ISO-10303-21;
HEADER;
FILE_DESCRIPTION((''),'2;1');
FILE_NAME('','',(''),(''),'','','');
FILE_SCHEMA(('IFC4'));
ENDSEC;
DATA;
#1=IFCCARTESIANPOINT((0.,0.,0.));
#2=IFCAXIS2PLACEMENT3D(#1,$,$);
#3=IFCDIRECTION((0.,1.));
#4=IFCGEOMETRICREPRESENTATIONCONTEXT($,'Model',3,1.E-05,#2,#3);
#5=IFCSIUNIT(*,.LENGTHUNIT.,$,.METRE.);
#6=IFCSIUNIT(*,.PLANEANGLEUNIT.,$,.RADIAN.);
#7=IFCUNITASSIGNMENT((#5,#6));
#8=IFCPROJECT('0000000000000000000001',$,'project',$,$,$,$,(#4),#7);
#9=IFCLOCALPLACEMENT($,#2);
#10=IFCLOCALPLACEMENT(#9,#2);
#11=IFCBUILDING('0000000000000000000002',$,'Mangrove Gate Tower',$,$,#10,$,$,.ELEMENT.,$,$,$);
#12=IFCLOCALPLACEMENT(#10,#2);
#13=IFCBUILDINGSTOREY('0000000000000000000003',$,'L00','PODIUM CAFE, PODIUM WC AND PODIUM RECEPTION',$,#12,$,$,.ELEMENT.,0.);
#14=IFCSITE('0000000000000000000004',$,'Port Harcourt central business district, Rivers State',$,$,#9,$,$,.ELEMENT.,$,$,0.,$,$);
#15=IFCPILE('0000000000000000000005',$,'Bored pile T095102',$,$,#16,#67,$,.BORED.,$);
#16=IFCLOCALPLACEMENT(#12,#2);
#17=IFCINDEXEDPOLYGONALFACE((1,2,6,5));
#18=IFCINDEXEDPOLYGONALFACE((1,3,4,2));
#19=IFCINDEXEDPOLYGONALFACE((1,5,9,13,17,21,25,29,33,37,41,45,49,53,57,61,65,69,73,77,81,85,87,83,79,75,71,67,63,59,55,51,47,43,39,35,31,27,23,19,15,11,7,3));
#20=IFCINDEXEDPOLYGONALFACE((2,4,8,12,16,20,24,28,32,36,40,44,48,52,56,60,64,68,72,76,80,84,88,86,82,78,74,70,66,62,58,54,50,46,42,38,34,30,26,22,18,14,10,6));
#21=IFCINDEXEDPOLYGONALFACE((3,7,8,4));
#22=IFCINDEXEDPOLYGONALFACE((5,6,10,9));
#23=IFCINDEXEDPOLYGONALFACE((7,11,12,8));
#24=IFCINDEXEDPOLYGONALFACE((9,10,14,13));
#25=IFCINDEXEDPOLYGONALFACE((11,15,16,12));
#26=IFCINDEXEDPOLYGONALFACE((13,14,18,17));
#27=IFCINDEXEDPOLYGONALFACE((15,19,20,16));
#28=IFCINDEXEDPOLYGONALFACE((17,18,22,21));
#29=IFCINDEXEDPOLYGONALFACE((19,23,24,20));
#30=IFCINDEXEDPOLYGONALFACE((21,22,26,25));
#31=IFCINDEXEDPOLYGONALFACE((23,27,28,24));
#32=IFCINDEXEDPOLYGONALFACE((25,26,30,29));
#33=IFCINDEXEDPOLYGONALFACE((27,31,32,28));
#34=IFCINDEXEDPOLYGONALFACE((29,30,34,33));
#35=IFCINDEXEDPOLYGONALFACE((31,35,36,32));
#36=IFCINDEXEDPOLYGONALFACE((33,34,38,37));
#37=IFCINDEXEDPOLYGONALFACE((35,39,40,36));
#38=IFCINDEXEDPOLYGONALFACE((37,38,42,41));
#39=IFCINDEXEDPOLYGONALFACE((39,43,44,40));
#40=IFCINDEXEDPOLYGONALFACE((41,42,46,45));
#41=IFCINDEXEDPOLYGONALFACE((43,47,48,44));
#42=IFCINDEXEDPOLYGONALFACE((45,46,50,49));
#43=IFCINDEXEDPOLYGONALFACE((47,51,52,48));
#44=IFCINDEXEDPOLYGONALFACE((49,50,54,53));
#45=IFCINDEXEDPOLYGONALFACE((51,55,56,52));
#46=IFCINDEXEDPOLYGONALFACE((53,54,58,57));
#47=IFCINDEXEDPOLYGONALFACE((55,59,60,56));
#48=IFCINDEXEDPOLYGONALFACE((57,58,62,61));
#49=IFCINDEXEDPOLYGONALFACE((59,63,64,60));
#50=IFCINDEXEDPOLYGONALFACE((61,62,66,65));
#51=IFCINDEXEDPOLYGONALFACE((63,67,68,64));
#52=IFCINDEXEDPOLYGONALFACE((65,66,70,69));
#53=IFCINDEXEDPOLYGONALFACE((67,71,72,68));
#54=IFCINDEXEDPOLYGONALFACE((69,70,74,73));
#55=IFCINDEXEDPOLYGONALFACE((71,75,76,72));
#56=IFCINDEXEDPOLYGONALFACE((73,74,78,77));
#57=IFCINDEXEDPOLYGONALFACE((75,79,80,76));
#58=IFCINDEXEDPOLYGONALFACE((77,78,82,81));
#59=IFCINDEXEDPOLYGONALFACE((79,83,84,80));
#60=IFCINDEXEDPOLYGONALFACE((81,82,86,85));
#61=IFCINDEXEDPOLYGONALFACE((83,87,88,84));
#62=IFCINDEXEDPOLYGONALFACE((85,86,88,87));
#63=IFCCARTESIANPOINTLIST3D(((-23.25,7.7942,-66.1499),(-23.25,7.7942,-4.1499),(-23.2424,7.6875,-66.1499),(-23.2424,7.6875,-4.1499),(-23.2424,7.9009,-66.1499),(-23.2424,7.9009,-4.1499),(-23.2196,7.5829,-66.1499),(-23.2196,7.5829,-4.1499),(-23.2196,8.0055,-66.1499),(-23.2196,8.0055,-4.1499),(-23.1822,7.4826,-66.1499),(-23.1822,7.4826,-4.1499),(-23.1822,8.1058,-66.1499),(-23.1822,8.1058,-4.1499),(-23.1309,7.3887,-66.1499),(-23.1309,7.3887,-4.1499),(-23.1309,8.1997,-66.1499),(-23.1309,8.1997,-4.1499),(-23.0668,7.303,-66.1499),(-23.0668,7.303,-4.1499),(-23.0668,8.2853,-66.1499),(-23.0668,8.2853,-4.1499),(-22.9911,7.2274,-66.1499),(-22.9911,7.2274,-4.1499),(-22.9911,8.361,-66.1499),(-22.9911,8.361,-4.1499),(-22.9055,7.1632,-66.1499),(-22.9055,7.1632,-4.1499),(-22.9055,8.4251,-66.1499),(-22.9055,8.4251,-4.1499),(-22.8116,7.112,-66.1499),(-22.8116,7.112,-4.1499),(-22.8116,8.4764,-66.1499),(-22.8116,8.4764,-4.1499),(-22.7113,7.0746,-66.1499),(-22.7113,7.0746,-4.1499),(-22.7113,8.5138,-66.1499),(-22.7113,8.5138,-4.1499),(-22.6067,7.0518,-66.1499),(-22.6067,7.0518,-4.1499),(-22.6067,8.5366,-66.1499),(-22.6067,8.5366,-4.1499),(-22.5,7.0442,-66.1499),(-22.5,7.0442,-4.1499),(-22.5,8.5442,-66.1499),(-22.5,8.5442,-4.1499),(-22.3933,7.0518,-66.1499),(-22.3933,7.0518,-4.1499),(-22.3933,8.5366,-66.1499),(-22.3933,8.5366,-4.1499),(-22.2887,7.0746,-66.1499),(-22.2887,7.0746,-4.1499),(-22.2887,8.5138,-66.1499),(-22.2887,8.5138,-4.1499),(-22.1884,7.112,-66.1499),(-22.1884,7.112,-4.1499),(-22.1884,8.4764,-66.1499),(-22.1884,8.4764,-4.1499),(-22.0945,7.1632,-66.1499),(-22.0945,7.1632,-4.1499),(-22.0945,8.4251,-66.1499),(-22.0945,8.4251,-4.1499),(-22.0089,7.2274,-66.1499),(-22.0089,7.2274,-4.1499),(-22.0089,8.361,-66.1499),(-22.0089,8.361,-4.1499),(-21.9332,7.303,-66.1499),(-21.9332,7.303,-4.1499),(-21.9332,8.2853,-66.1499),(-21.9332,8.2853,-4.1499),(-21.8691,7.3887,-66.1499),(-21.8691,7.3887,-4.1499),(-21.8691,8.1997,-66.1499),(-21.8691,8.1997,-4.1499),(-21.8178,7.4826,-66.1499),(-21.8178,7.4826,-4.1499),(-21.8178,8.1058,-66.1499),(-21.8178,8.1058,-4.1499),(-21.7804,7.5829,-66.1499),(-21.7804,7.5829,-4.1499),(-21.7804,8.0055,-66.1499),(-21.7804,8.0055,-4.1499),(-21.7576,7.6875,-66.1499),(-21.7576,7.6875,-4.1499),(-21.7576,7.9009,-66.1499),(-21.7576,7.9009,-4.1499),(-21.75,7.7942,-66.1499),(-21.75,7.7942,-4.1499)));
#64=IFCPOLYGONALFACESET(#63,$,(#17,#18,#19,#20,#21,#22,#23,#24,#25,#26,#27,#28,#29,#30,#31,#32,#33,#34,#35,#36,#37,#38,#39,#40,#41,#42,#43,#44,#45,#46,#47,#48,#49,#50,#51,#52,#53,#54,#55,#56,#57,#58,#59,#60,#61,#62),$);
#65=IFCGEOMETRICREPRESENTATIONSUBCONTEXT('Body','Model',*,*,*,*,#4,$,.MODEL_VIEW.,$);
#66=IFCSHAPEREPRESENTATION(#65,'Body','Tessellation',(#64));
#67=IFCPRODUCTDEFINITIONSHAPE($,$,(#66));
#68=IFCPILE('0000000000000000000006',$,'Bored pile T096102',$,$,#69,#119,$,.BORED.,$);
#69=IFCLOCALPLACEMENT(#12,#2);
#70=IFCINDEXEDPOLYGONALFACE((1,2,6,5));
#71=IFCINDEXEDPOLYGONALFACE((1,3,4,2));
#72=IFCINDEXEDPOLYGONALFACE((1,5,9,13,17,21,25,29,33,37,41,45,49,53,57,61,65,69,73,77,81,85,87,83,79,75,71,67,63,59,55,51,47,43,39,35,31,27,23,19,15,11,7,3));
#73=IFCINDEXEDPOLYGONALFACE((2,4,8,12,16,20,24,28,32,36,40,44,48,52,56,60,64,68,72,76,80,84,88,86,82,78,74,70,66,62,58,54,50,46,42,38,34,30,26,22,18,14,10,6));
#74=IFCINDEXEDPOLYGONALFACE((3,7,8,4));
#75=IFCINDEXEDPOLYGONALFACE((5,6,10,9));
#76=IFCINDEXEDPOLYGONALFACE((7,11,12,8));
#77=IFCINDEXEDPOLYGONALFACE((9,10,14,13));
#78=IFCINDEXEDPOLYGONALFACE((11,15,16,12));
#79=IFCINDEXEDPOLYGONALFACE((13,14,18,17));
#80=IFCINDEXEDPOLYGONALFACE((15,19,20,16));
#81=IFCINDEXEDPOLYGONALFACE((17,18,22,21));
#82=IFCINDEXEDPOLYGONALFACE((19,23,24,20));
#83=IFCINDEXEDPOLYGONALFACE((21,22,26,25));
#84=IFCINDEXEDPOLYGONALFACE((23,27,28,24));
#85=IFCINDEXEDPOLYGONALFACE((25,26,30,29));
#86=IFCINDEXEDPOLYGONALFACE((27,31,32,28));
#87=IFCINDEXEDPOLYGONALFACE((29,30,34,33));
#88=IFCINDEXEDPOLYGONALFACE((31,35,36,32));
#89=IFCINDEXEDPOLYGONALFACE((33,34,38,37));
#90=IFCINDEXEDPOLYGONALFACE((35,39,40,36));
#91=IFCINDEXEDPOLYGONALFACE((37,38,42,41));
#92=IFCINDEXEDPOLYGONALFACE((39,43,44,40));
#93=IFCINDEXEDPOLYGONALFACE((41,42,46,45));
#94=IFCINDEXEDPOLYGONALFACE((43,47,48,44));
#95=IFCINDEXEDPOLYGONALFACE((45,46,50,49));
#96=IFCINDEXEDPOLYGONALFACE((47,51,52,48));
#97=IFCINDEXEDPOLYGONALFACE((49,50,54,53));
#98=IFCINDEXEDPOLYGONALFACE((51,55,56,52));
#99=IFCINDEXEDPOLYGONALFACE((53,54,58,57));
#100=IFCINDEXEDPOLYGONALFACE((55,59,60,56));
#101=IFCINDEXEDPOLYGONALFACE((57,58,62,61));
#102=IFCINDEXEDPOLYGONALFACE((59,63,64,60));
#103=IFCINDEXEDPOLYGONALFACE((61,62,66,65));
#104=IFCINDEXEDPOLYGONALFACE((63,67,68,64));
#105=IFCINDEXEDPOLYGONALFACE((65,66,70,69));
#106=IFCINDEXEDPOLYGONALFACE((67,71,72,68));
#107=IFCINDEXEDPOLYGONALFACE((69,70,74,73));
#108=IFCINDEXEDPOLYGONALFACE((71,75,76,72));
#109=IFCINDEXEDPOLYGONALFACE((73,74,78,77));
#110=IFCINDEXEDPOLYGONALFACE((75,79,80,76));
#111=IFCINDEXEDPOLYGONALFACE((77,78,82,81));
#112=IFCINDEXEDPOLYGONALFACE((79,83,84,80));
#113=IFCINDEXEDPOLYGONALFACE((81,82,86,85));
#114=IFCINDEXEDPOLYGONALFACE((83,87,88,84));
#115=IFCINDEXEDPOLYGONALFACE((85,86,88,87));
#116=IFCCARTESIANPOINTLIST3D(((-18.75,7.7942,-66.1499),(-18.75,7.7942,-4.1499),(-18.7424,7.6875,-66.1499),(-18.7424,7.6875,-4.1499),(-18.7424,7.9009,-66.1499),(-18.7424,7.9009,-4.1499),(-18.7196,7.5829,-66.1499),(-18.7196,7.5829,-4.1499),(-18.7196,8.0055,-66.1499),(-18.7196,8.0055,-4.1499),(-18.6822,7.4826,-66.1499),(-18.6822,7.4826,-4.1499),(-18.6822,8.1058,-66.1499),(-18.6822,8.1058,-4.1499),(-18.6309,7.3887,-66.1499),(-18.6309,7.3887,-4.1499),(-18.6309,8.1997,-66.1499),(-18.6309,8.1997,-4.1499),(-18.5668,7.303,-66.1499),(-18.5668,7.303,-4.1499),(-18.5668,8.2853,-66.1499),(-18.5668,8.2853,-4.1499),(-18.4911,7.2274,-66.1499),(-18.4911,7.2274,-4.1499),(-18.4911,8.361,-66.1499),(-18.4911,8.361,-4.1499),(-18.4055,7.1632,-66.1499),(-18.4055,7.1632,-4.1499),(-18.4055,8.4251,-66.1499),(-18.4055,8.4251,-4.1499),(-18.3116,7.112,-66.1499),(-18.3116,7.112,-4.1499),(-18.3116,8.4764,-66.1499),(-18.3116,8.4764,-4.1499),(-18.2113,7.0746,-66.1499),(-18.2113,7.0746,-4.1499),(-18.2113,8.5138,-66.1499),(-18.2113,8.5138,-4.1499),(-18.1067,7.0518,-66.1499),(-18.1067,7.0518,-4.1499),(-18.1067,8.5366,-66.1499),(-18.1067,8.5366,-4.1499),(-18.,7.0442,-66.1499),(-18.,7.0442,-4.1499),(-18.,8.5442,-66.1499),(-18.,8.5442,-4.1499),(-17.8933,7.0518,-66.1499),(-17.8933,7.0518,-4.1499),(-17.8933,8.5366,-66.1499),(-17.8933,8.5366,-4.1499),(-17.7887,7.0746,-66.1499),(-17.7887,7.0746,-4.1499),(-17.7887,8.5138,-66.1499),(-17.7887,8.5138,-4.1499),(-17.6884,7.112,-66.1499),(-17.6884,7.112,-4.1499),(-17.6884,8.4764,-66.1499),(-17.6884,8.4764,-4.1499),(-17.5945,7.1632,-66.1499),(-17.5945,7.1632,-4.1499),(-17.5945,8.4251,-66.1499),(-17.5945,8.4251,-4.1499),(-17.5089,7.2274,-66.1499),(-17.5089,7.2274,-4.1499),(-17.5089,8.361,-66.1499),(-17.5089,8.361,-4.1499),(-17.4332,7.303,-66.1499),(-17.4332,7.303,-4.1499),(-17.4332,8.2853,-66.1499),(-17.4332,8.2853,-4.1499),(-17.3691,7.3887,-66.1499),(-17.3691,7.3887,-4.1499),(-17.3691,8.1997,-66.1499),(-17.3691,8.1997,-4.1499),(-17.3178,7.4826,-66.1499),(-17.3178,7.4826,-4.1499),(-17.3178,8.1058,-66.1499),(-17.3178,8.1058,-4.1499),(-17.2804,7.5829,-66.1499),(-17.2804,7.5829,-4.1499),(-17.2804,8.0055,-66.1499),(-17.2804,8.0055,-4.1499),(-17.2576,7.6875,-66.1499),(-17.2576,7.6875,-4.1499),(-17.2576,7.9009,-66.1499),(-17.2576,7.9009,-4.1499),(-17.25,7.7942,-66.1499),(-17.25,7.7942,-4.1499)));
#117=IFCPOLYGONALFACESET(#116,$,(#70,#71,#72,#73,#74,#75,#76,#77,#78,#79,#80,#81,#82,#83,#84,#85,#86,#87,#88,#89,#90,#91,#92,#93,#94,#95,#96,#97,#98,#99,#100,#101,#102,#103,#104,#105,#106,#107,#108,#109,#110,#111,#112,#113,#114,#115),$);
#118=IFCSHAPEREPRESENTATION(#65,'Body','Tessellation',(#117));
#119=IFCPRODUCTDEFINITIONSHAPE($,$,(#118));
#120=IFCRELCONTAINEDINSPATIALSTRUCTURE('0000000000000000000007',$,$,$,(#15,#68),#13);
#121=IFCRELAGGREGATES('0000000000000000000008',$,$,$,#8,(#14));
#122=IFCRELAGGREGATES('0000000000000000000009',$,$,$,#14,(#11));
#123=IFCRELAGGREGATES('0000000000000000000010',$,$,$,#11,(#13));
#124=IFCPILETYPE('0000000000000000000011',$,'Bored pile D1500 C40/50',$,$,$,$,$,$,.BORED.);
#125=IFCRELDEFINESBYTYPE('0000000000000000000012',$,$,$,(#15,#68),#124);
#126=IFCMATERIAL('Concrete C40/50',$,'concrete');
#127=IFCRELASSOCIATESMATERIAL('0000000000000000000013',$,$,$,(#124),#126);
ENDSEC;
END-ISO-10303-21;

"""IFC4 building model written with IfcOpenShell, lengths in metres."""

from ifc_helpers import new_model, si_unit, direction, frame, origin, origin_2d, place, context, subcontext, project, spatial, circle, extrude, material, material_profile, profile_set, type_object, element, save


model = new_model("IFC4")

# Units and contexts
model_context = context("Model", 3, precision=1e-05, world=origin(), true_north=direction((0.0, 1.0)))
body_context = subcontext(model_context, "Body", "Model", "MODEL_VIEW")
ifc_project = project(units=[si_unit("LENGTHUNIT", "METRE"), si_unit("PLANEANGLEUNIT", "RADIAN")], contexts=[model_context])

# Site, building, storey
site_placement = place(None, origin())
site = spatial("IfcSite", under=ifc_project, at=site_placement, Name="Port Harcourt central business district, Rivers State", CompositionType="ELEMENT", RefElevation=0.0)
building_placement = place(site_placement, origin())
building = spatial("IfcBuilding", under=site, at=building_placement, Name="Mangrove Gate Tower", CompositionType="ELEMENT")
storey_placement = place(building_placement, origin())
storey = spatial("IfcBuildingStorey", under=building, at=storey_placement, Name="L00", Description="PODIUM CAFE, PODIUM WC AND PODIUM RECEPTION", CompositionType="ELEMENT", Elevation=0.0)

# Piles
ifc_material = material(Name="Concrete C40/50", Category="concrete")
ifc_material_profile = material_profile(ifc_material, circle(Radius=0.75, at=origin_2d()))
ifc_profile_set = profile_set([ifc_material_profile], Name="Concrete C40/50")
pile_type = type_object("IfcPileType", Name="Bored pile D1500 C40/50", PredefinedType="BORED", material=ifc_profile_set)
for number, where, z_axis, x_axis, name in (
    (1, (-22.5, 7.7942, -4.1499), (0.0, 0.0, -1.0), (1.0, 0.0, 0.0), "Bored pile T095102"),
    (2, (-18.0, 7.7942, -4.1499), (0.0, 0.0, -1.0), (1.0, 0.0, 0.0), "Bored pile T096102"),
):
    element("IfcPile", number, at=place(storey_placement, frame(where, z_axis=z_axis, x_axis=x_axis)), inside=storey, type_object=pile_type, Name=name, PredefinedType="BORED", context=body_context, shape_type="SweptSolid", body=[
        extrude(circle(Radius=0.75, at=origin_2d()), origin(), (0.0, 0.0, 1.0), 62.0),
    ])

save(model, "model.ifc")
